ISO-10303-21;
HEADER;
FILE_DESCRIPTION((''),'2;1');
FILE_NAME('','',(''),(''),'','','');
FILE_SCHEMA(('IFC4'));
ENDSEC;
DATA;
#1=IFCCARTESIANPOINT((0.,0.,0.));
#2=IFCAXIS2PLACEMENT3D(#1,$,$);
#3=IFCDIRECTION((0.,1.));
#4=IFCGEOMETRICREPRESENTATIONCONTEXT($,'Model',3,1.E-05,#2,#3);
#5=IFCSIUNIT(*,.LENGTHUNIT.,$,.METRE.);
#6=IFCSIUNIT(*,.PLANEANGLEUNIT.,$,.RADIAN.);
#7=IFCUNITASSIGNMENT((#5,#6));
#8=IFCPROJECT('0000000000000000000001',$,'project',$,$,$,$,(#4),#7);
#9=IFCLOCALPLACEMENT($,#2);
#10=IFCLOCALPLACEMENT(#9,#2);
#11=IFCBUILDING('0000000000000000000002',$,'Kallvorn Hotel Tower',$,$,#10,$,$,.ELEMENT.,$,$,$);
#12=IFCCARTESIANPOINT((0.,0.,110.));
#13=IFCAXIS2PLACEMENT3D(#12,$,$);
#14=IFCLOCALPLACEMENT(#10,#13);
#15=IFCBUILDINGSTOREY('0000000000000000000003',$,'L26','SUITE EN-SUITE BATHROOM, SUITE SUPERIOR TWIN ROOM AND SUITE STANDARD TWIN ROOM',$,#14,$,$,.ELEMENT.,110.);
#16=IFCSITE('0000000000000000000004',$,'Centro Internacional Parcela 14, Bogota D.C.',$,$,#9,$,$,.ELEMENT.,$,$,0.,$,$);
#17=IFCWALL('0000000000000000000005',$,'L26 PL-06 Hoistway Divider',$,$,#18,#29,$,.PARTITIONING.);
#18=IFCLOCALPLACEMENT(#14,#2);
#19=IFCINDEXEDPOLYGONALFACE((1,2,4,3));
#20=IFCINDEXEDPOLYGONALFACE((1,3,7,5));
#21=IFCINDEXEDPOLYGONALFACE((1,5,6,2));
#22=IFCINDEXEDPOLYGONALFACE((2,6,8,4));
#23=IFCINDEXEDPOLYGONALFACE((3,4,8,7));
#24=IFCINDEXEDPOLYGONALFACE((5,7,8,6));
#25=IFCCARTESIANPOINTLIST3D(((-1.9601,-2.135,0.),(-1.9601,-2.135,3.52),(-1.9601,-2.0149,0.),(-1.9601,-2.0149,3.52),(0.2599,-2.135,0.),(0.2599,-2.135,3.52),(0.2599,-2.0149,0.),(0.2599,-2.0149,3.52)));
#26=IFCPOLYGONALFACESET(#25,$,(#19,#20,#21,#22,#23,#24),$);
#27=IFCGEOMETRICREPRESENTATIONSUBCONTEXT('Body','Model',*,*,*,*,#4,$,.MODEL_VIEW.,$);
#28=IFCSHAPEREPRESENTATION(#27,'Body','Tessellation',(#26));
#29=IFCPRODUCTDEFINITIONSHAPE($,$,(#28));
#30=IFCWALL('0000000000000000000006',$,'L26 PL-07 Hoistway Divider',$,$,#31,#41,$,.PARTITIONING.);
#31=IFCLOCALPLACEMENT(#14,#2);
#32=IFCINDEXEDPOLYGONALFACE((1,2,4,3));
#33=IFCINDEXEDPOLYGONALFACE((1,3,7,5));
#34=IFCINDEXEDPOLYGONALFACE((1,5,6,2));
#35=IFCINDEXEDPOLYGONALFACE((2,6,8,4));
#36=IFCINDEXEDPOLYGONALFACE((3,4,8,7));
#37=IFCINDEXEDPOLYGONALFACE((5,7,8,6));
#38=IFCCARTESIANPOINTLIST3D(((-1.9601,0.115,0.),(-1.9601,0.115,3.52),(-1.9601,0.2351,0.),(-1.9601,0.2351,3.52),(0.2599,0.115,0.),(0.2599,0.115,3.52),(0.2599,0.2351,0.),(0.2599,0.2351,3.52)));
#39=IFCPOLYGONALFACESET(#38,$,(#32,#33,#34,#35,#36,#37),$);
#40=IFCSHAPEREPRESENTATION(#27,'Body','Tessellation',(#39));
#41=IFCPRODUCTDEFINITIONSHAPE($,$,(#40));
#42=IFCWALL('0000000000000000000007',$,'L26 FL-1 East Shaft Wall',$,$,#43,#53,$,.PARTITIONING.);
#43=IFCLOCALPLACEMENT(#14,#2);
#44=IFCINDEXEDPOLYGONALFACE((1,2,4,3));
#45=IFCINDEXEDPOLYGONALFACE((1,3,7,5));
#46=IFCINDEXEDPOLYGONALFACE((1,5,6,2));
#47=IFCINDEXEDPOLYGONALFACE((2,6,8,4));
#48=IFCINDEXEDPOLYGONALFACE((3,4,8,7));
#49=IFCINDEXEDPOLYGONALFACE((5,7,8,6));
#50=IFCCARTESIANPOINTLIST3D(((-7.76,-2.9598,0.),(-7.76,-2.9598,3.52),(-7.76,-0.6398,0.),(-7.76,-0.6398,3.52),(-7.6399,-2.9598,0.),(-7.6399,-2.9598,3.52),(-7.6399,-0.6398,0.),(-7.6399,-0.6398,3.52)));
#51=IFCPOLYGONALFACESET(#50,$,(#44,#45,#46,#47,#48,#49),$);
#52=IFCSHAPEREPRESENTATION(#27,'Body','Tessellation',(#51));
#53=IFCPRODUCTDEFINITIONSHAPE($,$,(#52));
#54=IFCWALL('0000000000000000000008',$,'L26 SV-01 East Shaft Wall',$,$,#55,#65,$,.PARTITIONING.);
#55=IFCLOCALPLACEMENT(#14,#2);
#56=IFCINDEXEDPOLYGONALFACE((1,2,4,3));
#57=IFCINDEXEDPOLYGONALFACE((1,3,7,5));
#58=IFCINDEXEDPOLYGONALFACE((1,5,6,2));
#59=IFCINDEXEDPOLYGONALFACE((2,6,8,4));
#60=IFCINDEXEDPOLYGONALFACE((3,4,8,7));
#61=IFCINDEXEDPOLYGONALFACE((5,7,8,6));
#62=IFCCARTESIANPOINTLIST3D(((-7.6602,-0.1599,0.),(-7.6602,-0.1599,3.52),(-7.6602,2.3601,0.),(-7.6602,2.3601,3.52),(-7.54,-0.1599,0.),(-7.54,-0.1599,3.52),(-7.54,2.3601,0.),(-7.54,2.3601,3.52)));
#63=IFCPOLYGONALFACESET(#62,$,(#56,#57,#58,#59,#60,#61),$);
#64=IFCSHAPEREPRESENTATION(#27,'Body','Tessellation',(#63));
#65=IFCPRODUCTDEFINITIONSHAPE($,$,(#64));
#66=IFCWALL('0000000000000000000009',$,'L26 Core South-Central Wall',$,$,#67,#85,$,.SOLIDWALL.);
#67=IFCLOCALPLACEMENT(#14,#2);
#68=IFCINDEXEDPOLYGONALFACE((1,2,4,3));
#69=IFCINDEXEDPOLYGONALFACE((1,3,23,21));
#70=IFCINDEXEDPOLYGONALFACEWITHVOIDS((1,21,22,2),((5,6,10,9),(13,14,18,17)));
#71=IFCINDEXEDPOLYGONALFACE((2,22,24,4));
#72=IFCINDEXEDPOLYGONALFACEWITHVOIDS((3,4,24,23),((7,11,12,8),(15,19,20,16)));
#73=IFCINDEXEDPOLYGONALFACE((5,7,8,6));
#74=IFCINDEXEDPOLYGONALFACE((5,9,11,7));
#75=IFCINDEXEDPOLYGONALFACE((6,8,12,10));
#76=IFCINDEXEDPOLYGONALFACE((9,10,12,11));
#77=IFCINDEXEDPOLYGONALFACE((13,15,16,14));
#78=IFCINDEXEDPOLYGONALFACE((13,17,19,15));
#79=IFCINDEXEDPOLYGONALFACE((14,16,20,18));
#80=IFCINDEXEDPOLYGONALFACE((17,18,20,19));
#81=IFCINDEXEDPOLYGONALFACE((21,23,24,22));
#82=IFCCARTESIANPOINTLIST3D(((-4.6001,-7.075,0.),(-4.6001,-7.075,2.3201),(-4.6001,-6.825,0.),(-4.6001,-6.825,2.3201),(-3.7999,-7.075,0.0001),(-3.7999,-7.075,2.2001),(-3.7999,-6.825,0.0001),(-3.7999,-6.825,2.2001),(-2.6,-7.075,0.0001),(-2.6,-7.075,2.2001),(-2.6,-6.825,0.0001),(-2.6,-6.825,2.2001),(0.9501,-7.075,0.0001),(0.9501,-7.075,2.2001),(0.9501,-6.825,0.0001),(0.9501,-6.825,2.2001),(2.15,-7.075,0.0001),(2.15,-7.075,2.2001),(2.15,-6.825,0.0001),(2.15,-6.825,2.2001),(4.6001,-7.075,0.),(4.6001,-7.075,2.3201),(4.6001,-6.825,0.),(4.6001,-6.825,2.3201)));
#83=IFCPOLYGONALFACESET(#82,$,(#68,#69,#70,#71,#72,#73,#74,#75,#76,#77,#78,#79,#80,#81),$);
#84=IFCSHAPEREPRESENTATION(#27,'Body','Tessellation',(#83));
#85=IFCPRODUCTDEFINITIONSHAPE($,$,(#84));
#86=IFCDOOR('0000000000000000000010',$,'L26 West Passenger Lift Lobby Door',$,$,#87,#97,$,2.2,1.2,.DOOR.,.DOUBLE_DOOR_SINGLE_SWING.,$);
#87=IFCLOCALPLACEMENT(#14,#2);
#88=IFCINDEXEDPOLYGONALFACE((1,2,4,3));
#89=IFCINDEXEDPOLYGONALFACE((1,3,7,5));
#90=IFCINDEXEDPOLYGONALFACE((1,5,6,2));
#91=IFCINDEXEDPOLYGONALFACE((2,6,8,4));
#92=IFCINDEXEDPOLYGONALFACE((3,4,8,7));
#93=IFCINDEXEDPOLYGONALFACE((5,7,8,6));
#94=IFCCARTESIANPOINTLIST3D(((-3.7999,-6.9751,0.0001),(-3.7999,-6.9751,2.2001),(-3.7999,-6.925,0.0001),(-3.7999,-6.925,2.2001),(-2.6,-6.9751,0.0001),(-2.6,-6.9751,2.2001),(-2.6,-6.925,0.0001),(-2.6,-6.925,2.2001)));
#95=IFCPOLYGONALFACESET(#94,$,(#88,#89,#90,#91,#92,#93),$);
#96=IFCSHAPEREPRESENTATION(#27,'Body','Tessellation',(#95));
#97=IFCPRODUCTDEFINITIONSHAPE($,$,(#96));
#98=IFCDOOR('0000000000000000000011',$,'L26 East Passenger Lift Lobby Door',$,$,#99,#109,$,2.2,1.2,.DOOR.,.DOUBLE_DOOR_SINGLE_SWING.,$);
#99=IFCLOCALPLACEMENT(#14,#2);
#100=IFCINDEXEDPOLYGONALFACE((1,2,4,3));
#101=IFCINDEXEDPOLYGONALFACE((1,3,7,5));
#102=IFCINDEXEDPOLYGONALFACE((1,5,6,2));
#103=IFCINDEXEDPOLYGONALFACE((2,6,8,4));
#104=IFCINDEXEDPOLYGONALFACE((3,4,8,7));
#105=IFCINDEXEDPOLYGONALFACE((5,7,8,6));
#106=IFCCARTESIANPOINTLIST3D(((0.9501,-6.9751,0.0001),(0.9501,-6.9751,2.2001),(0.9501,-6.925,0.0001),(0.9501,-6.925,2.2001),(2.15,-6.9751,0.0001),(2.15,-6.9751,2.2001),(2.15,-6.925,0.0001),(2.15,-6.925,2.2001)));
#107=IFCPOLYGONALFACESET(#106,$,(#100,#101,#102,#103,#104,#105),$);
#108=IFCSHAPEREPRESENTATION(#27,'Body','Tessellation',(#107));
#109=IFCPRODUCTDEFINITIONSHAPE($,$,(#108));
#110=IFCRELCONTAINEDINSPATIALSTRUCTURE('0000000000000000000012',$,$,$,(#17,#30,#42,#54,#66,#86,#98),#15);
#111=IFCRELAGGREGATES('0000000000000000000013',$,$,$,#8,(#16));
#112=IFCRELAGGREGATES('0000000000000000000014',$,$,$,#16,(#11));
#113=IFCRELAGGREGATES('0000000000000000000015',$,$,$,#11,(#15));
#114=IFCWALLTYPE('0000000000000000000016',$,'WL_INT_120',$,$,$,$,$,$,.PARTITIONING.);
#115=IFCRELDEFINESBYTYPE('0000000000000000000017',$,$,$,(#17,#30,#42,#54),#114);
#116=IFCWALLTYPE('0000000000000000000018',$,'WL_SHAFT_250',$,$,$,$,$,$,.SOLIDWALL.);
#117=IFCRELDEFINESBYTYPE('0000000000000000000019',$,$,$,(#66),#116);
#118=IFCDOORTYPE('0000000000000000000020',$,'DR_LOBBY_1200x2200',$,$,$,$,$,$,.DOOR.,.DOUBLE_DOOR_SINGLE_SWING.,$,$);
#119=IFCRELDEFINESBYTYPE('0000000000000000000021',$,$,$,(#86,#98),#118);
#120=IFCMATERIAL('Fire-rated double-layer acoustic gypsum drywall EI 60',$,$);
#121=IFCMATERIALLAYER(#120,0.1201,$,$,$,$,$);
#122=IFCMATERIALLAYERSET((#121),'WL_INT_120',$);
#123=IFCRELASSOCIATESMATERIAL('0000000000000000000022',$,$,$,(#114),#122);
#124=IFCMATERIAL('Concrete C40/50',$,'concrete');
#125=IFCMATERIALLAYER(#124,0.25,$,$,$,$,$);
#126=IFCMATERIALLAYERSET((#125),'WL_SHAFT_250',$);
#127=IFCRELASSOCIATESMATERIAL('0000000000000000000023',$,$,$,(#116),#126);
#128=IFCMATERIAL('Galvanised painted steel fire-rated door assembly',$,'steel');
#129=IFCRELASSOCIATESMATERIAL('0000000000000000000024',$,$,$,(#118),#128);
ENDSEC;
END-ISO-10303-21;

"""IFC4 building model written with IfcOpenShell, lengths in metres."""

from ifc_helpers import new_model, si_unit, direction, frame, frame_2d, origin, place, context, subcontext, project, spatial, rectangle, extrude, material, layer, layer_set, type_object, element, fill, save


model = new_model("IFC4")

# Units and contexts
model_context = context("Model", 3, precision=1e-05, world=origin(), true_north=direction((0.0, 1.0)))
body_context = subcontext(model_context, "Body", "Model", "MODEL_VIEW")
ifc_project = project(units=[si_unit("LENGTHUNIT", "METRE"), si_unit("PLANEANGLEUNIT", "RADIAN")], contexts=[model_context])

# Site, building, storey
site_placement = place(None, origin())
site = spatial("IfcSite", under=ifc_project, at=site_placement, Name="Centro Internacional Parcela 14, Bogota D.C.", CompositionType="ELEMENT", RefElevation=0.0)
building_placement = place(site_placement, origin())
building = spatial("IfcBuilding", under=site, at=building_placement, Name="Kallvorn Hotel Tower", CompositionType="ELEMENT")
storey_placement = place(building_placement, frame((0.0, 0.0, 110.0)))
storey = spatial("IfcBuildingStorey", under=building, at=storey_placement, Name="L26", Description="SUITE EN-SUITE BATHROOM, SUITE SUPERIOR TWIN ROOM AND SUITE STANDARD TWIN ROOM", CompositionType="ELEMENT", Elevation=110.0)

# Walls
ifc_material_1 = material(Name="Fire-rated double-layer acoustic gypsum drywall EI 60")
ifc_layer_1 = layer(ifc_material_1, 0.1201)
ifc_layer_set_1 = layer_set([ifc_layer_1], Name="WL_INT_120")
wall_type_1 = type_object("IfcWallType", Name="WL_INT_120", PredefinedType="PARTITIONING", material=ifc_layer_set_1)
for number, where, z_axis, x_axis, name in (
    (1, (-1.96, -2.075, 0.0), (0.0, 0.0, 1.0), (1.0, 0.0, 0.0), "L26 PL-06 Hoistway Divider"),
    (2, (-1.96, 0.175, 0.0), (0.0, 0.0, 1.0), (1.0, 0.0, 0.0), "L26 PL-07 Hoistway Divider"),
):
    element("IfcWall", number, at=place(storey_placement, frame(where, z_axis=z_axis, x_axis=x_axis)), inside=storey, type_object=wall_type_1, Name=name, PredefinedType="PARTITIONING", context=body_context, shape_type="SweptSolid", body=[
        extrude(rectangle(XDim=2.22, YDim=0.1201, at=frame_2d((1.1099, 0.0))), origin(), (0.0, 0.0, 1.0), 3.52),
    ])
wall_1_placement = place(storey_placement, frame((-7.7, -2.96, 0.0), z_axis=(0.0, 0.0, 1.0), x_axis=(0.0, 1.0, 0.0)))
element("IfcWall", 3, at=wall_1_placement, inside=storey, type_object=wall_type_1, Name="L26 FL-1 East Shaft Wall", PredefinedType="PARTITIONING", context=body_context, shape_type="SweptSolid", body=[
    extrude(rectangle(XDim=2.3201, YDim=0.1201, at=frame_2d((1.1602, 0.0))), origin(), (0.0, 0.0, 1.0), 3.52),
])
wall_2_placement = place(storey_placement, frame((-7.6001, -0.1599, 0.0), z_axis=(0.0, 0.0, 1.0), x_axis=(0.0, 1.0, 0.0)))
element("IfcWall", 4, at=wall_2_placement, inside=storey, type_object=wall_type_1, Name="L26 SV-01 East Shaft Wall", PredefinedType="PARTITIONING", context=body_context, shape_type="SweptSolid", body=[
    extrude(rectangle(XDim=2.52, YDim=0.1201, at=frame_2d((1.26, 0.0))), origin(), (0.0, 0.0, 1.0), 3.52),
])

# Wall, openings, doors
ifc_material_2 = material(Name="Concrete C40/50", Category="concrete")
ifc_layer_2 = layer(ifc_material_2, 0.25)
ifc_layer_set_2 = layer_set([ifc_layer_2], Name="WL_SHAFT_250")
wall_type_2 = type_object("IfcWallType", Name="WL_SHAFT_250", PredefinedType="SOLIDWALL", material=ifc_layer_set_2)
wall_3_placement = place(storey_placement, frame((-4.6001, -6.95, 0.0), z_axis=(0.0, 0.0, 1.0), x_axis=(1.0, 0.0, 0.0)))
wall_3 = element("IfcWall", 5, at=wall_3_placement, inside=storey, type_object=wall_type_2, Name="L26 Core South-Central Wall", PredefinedType="SOLIDWALL", context=body_context, shape_type="SweptSolid", body=[
    extrude(rectangle(XDim=9.2002, YDim=0.25, at=frame_2d((4.6001, 0.0))), origin(), (0.0, 0.0, 1.0), 2.3201),
])
opening_1_placement = place(wall_3_placement, frame((0.8, 0.0, 0.0)))
opening_1 = element("IfcOpeningElement", 6, at=opening_1_placement, cuts=wall_3, PredefinedType="OPENING", context=body_context, shape_type="SweptSolid", body=[
    extrude(rectangle(XDim=1.2, YDim=2.2, at=frame_2d((0.6001, 1.1001))), frame((0.0, 0.1399, 0.0), z_axis=(0.0, -1.0, 0.0), x_axis=(1.0, 0.0, 0.0)), (0.0, 0.0, 1.0), 0.28),
])
opening_2_placement = place(wall_3_placement, frame((5.55, 0.0, 0.0)))
opening_2 = element("IfcOpeningElement", 7, at=opening_2_placement, cuts=wall_3, PredefinedType="OPENING", context=body_context, shape_type="SweptSolid", body=[
    extrude(rectangle(XDim=1.2, YDim=2.2, at=frame_2d((0.6001, 1.1001))), frame((0.0, 0.1399, 0.0), z_axis=(0.0, -1.0, 0.0), x_axis=(1.0, 0.0, 0.0)), (0.0, 0.0, 1.0), 0.28),
])
ifc_material_3 = material(Name="Galvanised painted steel fire-rated door assembly", Category="steel")
door_type_1 = type_object("IfcDoorType", Name="DR_LOBBY_1200x2200", OperationType="DOUBLE_DOOR_SINGLE_SWING", PredefinedType="DOOR", material=ifc_material_3)
door_1_placement = place(opening_1_placement, origin())
door_1 = element("IfcDoor", 8, at=door_1_placement, inside=storey, type_object=door_type_1, Name="L26 West Passenger Lift Lobby Door", OperationType="DOUBLE_DOOR_SINGLE_SWING", OverallHeight=2.2, OverallWidth=1.2, PredefinedType="DOOR", context=body_context, shape_type="SweptSolid", body=[
    extrude(rectangle(XDim=1.2, YDim=2.2, at=frame_2d((0.6001, 1.1001))), frame((0.0, 0.0249, 0.0), z_axis=(0.0, -1.0, 0.0), x_axis=(1.0, 0.0, 0.0)), (0.0, 0.0, 1.0), 0.05),
])
fill(opening_1, door_1)
door_2_placement = place(opening_2_placement, origin())
door_2 = element("IfcDoor", 9, at=door_2_placement, inside=storey, type_object=door_type_1, Name="L26 East Passenger Lift Lobby Door", OperationType="DOUBLE_DOOR_SINGLE_SWING", OverallHeight=2.2, OverallWidth=1.2, PredefinedType="DOOR", context=body_context, shape_type="SweptSolid", body=[
    extrude(rectangle(XDim=1.2, YDim=2.2, at=frame_2d((0.6001, 1.1001))), frame((0.0, 0.0249, 0.0), z_axis=(0.0, -1.0, 0.0), x_axis=(1.0, 0.0, 0.0)), (0.0, 0.0, 1.0), 0.05),
])
fill(opening_2, door_2)

save(model, "model.ifc")
